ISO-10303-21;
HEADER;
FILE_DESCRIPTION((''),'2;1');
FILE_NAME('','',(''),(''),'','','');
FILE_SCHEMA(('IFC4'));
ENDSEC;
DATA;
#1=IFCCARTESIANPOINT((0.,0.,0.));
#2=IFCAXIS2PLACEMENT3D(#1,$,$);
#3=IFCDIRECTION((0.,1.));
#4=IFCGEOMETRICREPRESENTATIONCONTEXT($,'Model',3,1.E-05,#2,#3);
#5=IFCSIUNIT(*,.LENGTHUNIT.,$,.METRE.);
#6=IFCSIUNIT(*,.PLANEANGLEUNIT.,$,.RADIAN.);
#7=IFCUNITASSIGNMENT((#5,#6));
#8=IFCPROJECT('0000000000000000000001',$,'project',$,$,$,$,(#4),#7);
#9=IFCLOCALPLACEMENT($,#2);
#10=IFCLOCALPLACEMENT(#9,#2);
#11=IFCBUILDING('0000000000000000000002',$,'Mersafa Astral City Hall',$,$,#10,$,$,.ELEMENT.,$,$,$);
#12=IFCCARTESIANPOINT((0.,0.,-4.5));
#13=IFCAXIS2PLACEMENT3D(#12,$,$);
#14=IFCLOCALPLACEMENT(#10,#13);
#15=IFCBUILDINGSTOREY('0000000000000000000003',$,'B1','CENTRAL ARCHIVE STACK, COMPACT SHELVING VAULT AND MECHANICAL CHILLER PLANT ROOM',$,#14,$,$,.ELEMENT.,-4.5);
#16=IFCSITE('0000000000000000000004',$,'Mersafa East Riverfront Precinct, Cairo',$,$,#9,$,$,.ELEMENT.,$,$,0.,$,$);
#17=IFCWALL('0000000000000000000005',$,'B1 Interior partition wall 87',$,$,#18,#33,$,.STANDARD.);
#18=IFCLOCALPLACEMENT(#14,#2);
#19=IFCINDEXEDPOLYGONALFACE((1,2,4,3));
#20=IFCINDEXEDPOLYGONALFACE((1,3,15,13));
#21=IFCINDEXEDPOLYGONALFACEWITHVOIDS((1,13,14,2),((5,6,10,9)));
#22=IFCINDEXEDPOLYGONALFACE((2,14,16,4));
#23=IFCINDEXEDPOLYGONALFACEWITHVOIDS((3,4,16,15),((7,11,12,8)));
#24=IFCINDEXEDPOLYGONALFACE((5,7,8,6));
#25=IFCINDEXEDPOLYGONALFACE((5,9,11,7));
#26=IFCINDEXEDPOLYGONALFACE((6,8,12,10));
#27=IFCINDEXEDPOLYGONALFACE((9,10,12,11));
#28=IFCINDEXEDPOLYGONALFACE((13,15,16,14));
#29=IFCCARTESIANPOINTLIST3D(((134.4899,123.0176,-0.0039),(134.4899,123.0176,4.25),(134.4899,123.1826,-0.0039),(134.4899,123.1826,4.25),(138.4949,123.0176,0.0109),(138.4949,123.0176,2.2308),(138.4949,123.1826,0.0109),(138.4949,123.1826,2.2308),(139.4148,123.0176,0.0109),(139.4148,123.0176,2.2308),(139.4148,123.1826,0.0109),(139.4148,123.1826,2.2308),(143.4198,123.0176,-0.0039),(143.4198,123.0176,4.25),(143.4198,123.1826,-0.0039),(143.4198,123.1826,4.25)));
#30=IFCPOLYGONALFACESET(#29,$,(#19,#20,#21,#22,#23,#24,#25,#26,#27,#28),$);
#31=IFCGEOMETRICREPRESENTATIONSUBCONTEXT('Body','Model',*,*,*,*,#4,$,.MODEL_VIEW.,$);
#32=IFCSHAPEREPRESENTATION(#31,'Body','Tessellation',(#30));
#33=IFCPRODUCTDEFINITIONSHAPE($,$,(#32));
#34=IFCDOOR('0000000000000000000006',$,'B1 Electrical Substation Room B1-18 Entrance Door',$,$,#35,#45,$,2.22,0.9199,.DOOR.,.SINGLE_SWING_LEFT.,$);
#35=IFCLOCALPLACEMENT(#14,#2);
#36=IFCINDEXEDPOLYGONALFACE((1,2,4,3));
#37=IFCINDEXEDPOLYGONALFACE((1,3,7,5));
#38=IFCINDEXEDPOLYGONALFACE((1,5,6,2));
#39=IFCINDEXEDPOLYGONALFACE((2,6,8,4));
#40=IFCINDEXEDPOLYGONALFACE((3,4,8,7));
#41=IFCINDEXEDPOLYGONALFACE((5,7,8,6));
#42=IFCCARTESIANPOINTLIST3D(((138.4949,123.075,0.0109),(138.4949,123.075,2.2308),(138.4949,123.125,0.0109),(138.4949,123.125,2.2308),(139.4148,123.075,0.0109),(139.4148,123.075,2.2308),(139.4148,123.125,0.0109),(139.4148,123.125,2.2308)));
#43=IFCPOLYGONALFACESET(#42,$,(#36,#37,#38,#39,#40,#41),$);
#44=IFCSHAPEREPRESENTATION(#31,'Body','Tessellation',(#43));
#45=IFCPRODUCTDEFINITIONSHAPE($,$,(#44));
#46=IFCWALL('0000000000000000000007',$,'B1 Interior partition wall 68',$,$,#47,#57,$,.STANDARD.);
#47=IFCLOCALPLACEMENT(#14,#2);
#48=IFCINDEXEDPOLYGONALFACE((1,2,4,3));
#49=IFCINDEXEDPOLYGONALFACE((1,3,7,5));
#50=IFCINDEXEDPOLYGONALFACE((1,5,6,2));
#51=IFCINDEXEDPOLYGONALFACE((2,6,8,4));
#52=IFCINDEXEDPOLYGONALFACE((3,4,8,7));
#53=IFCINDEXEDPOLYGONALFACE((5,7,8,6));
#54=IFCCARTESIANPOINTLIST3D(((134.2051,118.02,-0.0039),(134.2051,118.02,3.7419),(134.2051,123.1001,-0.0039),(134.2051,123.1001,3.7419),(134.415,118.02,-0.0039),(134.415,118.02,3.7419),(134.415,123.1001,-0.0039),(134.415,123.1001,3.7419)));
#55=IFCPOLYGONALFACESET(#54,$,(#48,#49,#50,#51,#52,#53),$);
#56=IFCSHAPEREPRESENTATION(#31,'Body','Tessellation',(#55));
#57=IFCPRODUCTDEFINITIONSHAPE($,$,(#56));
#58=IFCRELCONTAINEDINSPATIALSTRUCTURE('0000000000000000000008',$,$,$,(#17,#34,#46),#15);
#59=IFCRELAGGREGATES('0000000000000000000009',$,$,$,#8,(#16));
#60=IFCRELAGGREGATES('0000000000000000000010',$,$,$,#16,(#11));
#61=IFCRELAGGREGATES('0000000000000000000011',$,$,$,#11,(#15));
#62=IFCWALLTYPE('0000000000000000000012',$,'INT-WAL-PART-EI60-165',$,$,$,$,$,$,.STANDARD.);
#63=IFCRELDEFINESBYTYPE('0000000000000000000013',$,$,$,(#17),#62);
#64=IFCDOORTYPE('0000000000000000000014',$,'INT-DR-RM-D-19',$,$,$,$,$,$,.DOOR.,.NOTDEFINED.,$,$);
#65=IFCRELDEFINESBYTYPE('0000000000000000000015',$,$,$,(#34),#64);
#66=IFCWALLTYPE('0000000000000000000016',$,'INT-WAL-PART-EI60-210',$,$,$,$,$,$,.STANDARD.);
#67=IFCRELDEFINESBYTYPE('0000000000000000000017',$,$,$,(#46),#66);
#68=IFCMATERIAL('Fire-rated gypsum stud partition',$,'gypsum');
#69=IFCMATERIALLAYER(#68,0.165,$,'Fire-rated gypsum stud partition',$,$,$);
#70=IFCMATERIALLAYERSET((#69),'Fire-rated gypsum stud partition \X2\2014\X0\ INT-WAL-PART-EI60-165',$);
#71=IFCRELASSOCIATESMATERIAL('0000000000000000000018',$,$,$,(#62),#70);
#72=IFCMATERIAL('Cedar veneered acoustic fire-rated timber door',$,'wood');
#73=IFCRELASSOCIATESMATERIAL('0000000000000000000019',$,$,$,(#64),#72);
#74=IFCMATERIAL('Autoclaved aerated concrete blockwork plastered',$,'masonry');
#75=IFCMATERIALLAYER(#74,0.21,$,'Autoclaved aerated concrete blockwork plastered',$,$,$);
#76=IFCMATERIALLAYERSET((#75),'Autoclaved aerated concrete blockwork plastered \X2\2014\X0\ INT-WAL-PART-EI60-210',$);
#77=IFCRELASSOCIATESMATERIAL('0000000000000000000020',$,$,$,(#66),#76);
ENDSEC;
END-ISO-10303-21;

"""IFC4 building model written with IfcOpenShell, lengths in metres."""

from ifc_helpers import new_model, si_unit, direction, frame, frame_2d, origin, place, context, subcontext, project, spatial, rectangle, extrude, material, layer, layer_set, type_object, element, fill, save


model = new_model("IFC4")

# Units and contexts
model_context = context("Model", 3, precision=1e-05, world=origin(), true_north=direction((0.0, 1.0)))
body_context = subcontext(model_context, "Body", "Model", "MODEL_VIEW")
ifc_project = project(units=[si_unit("LENGTHUNIT", "METRE"), si_unit("PLANEANGLEUNIT", "RADIAN")], contexts=[model_context])

# Site, building, storey
site_placement = place(None, origin())
site = spatial("IfcSite", under=ifc_project, at=site_placement, Name="Mersafa East Riverfront Precinct, Cairo", CompositionType="ELEMENT", RefElevation=0.0)
building_placement = place(site_placement, origin())
building = spatial("IfcBuilding", under=site, at=building_placement, Name="Mersafa Astral City Hall", CompositionType="ELEMENT")
storey_placement = place(building_placement, frame((0.0, 0.0, -4.5)))
storey = spatial("IfcBuildingStorey", under=building, at=storey_placement, Name="B1", Description="CENTRAL ARCHIVE STACK, COMPACT SHELVING VAULT AND MECHANICAL CHILLER PLANT ROOM", CompositionType="ELEMENT", Elevation=-4.5)

# Wall, opening, door
ifc_material_1 = material(Name="Fire-rated gypsum stud partition", Category="gypsum")
ifc_layer_1 = layer(ifc_material_1, 0.165, Name="Fire-rated gypsum stud partition")
ifc_layer_set_1 = layer_set([ifc_layer_1], Name="Fire-rated gypsum stud partition — INT-WAL-PART-EI60-165")
wall_type_1 = type_object("IfcWallType", Name="INT-WAL-PART-EI60-165", PredefinedType="STANDARD", material=ifc_layer_set_1)
wall_1_placement = place(storey_placement, frame((134.49, 123.1001, -0.0039), z_axis=(0.0, 0.0, 1.0), x_axis=(1.0, 0.0, 0.0)))
wall_1 = element("IfcWall", 1, at=wall_1_placement, inside=storey, type_object=wall_type_1, Name="B1 Interior partition wall 87", PredefinedType="STANDARD", context=body_context, shape_type="SweptSolid", body=[
    extrude(rectangle(XDim=8.9299, YDim=0.165, at=frame_2d((4.4648, 0.0))), origin(), (0.0, 0.0, 1.0), 4.2539),
])
opening_placement = place(wall_1_placement, frame((4.0049, 0.0, 0.0149)))
opening = element("IfcOpeningElement", 2, at=opening_placement, cuts=wall_1, PredefinedType="OPENING", context=body_context, shape_type="SweptSolid", body=[
    extrude(rectangle(XDim=0.9199, YDim=2.22, at=frame_2d((0.46, 1.1099))), frame((0.0, 0.0925, 0.0), z_axis=(0.0, -1.0, 0.0), x_axis=(1.0, 0.0, 0.0)), (0.0, 0.0, 1.0), 0.1851),
])
ifc_material_2 = material(Name="Cedar veneered acoustic fire-rated timber door", Category="wood")
door_type = type_object("IfcDoorType", Name="INT-DR-RM-D-19", OperationType="NOTDEFINED", PredefinedType="DOOR", material=ifc_material_2)
door_placement = place(opening_placement, origin())
door = element("IfcDoor", 3, at=door_placement, inside=storey, type_object=door_type, Name="B1 Electrical Substation Room B1-18 Entrance Door", OperationType="SINGLE_SWING_LEFT", OverallHeight=2.22, OverallWidth=0.9199, PredefinedType="DOOR", context=body_context, shape_type="SweptSolid", body=[
    extrude(rectangle(XDim=0.9199, YDim=2.22, at=frame_2d((0.46, 1.1099))), frame((0.0, 0.0249, 0.0), z_axis=(0.0, -1.0, 0.0), x_axis=(1.0, 0.0, 0.0)), (0.0, 0.0, 1.0), 0.05),
])
fill(opening, door)

# Wall
ifc_material_3 = material(Name="Autoclaved aerated concrete blockwork plastered", Category="masonry")
ifc_layer_2 = layer(ifc_material_3, 0.21, Name="Autoclaved aerated concrete blockwork plastered")
ifc_layer_set_2 = layer_set([ifc_layer_2], Name="Autoclaved aerated concrete blockwork plastered — INT-WAL-PART-EI60-210")
wall_type_2 = type_object("IfcWallType", Name="INT-WAL-PART-EI60-210", PredefinedType="STANDARD", material=ifc_layer_set_2)
wall_2_placement = place(storey_placement, frame((134.3101, 123.1001, -0.0039), z_axis=(0.0, 0.0, 1.0), x_axis=(0.0, -1.0, 0.0)))
element("IfcWall", 4, at=wall_2_placement, inside=storey, type_object=wall_type_2, Name="B1 Interior partition wall 68", PredefinedType="STANDARD", context=body_context, shape_type="SweptSolid", body=[
    extrude(rectangle(XDim=5.0801, YDim=0.21, at=frame_2d((2.54, 0.0))), origin(), (0.0, 0.0, 1.0), 3.7458),
])

save(model, "model.ifc")
